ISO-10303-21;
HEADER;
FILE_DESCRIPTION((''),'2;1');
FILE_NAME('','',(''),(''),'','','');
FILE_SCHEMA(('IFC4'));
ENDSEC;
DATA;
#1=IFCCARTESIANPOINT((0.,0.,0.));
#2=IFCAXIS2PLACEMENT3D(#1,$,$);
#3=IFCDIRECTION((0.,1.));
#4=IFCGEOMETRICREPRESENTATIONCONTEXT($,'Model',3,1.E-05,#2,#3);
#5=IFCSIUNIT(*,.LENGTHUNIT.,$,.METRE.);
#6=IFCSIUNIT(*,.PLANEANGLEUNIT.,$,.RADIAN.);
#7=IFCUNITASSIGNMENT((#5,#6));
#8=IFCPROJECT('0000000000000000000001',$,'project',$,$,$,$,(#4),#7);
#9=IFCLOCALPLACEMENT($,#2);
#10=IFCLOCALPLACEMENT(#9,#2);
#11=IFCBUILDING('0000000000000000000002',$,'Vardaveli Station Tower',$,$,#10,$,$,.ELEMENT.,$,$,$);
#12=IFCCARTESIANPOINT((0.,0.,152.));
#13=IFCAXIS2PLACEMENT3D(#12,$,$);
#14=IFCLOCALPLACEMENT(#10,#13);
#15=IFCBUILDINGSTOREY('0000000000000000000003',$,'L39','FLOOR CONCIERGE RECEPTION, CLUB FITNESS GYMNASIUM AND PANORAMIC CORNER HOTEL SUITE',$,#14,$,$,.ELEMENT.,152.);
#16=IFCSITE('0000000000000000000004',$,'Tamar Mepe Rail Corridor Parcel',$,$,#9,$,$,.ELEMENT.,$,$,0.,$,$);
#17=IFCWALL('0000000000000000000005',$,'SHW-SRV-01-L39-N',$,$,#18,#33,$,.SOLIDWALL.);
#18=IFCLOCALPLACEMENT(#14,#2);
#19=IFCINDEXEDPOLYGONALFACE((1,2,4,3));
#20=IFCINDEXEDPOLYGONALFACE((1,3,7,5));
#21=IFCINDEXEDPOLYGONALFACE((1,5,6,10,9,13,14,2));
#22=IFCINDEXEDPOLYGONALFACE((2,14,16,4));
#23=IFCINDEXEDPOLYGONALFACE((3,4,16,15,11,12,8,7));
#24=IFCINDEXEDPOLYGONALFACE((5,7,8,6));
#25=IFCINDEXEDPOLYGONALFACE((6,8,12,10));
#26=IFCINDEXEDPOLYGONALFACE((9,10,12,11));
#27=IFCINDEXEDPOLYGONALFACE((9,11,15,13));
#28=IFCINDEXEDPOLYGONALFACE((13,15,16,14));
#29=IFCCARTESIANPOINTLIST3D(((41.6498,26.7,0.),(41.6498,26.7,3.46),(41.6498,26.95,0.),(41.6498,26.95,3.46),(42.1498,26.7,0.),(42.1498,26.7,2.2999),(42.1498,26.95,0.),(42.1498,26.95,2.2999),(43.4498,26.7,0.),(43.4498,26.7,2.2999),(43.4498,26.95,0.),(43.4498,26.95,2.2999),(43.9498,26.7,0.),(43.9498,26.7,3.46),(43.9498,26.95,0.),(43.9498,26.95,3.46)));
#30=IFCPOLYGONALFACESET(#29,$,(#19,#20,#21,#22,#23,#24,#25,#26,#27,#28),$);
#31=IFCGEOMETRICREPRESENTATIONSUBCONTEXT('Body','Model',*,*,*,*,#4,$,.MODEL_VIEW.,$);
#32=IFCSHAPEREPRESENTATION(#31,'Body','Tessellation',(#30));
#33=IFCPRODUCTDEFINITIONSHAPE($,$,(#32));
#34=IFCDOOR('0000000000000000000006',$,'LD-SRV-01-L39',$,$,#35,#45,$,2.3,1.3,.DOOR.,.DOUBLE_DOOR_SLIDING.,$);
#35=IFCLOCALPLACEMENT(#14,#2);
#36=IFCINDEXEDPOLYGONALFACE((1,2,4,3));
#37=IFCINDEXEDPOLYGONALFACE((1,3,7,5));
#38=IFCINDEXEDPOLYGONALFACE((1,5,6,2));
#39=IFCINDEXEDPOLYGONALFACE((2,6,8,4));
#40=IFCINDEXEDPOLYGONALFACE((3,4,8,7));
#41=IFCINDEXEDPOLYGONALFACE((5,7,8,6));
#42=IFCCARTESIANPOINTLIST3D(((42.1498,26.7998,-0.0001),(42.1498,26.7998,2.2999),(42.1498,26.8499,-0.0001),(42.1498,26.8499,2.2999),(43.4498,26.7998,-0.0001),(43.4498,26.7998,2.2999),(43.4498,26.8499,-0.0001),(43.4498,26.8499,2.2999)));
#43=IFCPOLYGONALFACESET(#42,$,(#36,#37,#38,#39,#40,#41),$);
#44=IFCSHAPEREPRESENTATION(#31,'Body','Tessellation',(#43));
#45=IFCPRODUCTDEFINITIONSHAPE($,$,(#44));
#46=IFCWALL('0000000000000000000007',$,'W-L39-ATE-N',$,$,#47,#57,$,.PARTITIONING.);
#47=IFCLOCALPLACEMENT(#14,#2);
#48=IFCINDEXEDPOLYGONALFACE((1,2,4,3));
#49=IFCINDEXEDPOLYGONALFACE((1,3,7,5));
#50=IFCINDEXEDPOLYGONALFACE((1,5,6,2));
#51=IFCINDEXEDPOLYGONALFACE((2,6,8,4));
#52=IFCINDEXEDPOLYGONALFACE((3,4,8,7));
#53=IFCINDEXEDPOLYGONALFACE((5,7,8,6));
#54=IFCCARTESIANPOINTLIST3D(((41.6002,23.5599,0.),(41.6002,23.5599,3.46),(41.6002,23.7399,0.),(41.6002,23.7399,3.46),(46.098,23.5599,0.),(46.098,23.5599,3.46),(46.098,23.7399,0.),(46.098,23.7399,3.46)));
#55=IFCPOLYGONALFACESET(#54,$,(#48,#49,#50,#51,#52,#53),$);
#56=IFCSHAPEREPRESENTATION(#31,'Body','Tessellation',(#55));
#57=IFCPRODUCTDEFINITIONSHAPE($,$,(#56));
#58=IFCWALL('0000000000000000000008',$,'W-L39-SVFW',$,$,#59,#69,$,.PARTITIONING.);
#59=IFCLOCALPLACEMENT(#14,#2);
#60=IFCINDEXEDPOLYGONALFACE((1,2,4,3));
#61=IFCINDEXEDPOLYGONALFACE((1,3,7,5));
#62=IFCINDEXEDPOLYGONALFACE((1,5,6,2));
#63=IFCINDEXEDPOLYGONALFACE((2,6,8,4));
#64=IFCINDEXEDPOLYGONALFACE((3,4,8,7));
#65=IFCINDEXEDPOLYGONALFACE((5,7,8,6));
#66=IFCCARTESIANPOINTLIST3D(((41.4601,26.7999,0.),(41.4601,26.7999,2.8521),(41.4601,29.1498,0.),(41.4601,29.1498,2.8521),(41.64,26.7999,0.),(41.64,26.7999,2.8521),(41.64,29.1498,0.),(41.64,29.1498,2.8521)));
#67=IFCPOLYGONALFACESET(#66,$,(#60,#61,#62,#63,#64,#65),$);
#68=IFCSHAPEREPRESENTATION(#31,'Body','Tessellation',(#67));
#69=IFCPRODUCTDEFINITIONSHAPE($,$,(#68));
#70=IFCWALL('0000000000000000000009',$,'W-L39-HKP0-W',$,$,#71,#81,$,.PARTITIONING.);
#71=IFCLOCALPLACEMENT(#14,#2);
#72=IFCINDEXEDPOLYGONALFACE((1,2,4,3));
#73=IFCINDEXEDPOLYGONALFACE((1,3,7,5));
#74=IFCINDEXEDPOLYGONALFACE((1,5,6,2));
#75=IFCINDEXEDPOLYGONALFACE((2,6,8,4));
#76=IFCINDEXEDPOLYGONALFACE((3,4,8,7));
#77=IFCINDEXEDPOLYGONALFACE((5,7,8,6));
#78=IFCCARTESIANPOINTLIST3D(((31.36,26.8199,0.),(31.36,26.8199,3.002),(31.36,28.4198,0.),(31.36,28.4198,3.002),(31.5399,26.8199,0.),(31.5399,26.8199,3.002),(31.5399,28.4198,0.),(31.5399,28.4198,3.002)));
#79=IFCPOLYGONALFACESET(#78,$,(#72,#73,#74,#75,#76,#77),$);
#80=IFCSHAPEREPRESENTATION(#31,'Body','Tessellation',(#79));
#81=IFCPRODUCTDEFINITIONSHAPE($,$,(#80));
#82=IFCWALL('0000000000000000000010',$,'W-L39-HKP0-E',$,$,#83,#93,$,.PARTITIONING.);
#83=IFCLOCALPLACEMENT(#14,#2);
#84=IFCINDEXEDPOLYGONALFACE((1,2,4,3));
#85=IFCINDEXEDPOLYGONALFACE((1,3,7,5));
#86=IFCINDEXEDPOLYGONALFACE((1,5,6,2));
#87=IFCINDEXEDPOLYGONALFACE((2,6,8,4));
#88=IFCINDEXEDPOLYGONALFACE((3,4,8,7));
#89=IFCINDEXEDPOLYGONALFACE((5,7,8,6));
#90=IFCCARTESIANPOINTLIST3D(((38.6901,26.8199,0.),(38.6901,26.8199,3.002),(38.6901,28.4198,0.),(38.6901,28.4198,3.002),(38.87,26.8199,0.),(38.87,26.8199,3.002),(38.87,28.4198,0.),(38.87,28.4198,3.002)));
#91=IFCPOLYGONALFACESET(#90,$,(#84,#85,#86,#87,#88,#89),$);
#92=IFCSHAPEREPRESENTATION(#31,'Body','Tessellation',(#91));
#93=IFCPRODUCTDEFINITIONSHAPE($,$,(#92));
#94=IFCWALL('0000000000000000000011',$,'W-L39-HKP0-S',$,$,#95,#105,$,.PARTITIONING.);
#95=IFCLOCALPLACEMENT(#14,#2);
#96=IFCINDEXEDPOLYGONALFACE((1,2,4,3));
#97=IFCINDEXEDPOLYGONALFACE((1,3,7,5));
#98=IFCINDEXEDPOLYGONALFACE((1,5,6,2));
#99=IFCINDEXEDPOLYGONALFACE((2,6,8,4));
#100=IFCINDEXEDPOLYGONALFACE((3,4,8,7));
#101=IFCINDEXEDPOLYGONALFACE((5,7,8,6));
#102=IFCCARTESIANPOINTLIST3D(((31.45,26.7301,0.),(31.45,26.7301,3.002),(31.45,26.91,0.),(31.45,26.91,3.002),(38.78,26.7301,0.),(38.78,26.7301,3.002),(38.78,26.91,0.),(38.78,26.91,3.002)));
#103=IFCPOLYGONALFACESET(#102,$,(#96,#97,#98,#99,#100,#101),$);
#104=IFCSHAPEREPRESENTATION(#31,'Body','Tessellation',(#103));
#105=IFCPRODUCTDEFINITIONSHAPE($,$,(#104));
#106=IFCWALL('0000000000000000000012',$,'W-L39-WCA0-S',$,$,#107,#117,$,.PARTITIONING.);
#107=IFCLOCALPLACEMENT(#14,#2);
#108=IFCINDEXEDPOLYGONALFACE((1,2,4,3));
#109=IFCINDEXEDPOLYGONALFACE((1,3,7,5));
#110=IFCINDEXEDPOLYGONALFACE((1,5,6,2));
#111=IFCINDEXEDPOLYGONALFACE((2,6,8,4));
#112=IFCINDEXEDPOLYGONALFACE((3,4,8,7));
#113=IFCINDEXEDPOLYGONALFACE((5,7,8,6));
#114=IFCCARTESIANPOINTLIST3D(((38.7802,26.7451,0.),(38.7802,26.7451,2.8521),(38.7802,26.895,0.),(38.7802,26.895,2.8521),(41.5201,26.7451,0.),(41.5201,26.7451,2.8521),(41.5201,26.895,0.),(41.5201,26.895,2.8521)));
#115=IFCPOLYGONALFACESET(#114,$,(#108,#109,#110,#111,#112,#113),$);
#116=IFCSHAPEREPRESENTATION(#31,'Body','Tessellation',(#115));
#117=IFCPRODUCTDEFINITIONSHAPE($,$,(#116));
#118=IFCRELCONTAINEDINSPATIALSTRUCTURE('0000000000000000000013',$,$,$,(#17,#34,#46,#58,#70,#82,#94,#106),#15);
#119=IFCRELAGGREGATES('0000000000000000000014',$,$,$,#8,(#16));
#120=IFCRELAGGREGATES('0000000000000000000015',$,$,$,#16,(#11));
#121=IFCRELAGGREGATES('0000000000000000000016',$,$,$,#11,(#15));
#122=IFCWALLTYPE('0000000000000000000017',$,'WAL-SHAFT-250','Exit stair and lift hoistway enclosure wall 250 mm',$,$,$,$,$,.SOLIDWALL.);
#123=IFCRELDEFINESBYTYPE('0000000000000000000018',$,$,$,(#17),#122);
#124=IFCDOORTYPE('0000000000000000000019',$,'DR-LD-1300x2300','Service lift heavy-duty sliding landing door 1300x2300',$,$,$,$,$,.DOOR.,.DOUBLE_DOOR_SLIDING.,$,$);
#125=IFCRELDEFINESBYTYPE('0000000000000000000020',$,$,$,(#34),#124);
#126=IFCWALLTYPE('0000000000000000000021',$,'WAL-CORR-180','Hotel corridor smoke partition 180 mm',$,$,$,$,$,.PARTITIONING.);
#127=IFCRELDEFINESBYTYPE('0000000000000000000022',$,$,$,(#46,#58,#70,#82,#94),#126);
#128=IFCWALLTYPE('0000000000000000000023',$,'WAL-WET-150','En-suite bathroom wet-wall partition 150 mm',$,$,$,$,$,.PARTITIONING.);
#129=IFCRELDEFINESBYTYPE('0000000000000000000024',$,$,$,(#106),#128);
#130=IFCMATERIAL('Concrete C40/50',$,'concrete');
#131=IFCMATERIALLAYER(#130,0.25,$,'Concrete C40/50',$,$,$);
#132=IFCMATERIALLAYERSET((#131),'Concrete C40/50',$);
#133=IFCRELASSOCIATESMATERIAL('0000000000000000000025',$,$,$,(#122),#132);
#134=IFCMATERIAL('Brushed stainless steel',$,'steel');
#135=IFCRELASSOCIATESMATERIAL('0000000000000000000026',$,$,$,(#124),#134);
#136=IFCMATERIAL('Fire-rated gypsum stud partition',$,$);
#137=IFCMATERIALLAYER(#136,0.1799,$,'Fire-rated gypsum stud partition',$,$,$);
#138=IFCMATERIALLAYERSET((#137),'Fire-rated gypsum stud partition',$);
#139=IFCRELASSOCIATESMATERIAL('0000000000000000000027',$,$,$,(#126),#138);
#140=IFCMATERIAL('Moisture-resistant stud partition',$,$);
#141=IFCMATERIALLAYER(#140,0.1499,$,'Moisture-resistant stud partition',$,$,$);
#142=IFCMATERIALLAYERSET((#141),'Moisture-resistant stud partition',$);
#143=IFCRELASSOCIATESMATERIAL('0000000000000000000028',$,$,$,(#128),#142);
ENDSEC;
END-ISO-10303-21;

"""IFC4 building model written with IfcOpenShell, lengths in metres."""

from ifc_helpers import new_model, si_unit, direction, frame, frame_2d, origin, place, context, subcontext, project, spatial, rectangle, extrude, source, transform, mapped, material, layer, layer_set, type_object, element, fill, save


model = new_model("IFC4")

# Units and contexts
model_context = context("Model", 3, precision=1e-05, world=origin(), true_north=direction((0.0, 1.0)))
body_context = subcontext(model_context, "Body", "Model", "MODEL_VIEW")
ifc_project = project(units=[si_unit("LENGTHUNIT", "METRE"), si_unit("PLANEANGLEUNIT", "RADIAN")], contexts=[model_context])

# Site, building, storey
site_placement = place(None, origin())
site = spatial("IfcSite", under=ifc_project, at=site_placement, Name="Tamar Mepe Rail Corridor Parcel", CompositionType="ELEMENT", RefElevation=0.0)
building_placement = place(site_placement, origin())
building = spatial("IfcBuilding", under=site, at=building_placement, Name="Vardaveli Station Tower", CompositionType="ELEMENT")
storey_placement = place(building_placement, frame((0.0, 0.0, 152.0)))
storey = spatial("IfcBuildingStorey", under=building, at=storey_placement, Name="L39", Description="FLOOR CONCIERGE RECEPTION, CLUB FITNESS GYMNASIUM AND PANORAMIC CORNER HOTEL SUITE", CompositionType="ELEMENT", Elevation=152.0)

# Shared definitions
ifc_material_1 = material(Name="Concrete C40/50", Category="concrete")
ifc_layer_1 = layer(ifc_material_1, 0.25, Name="Concrete C40/50")
ifc_layer_set_1 = layer_set([ifc_layer_1], Name="Concrete C40/50")
wall_type_1 = type_object("IfcWallType", Name="WAL-SHAFT-250", Description="Exit stair and lift hoistway enclosure wall 250 mm", PredefinedType="SOLIDWALL", material=ifc_layer_set_1)
shared_shape_1 = source(origin(), body_context, "Body", "SweptSolid", [
    extrude(rectangle(XDim=2.3, YDim=0.25, at=frame_2d((1.1499, 0.0))), origin(), (0.0, 0.0, 1.0), 3.46),
])

# Wall, opening, door
wall_1_placement = place(storey_placement, frame((41.6499, 26.825, 0.0), z_axis=(0.0, 0.0, 1.0), x_axis=(1.0, 0.0, 0.0)))
wall_1 = element("IfcWall", 1, at=wall_1_placement, inside=storey, type_object=wall_type_1, Name="SHW-SRV-01-L39-N", PredefinedType="SOLIDWALL", context=body_context, shape_type="MappedRepresentation", body=[
    mapped(shared_shape_1, transform((0.0, 0.0, 0.0), scale=1.0)),
])
shared_shape_2 = source(origin(), body_context, "Body", "SweptSolid", [
    extrude(rectangle(XDim=1.3, YDim=2.3, at=frame_2d((0.6499, 1.1499))), frame((0.0, 0.135, 0.0), z_axis=(0.0, -1.0, 0.0), x_axis=(1.0, 0.0, 0.0)), (0.0, 0.0, 1.0), 0.27),
])
opening_placement = place(wall_1_placement, frame((0.5, 0.0, 0.0)))
opening = element("IfcOpeningElement", 2, at=opening_placement, cuts=wall_1, PredefinedType="OPENING", context=body_context, shape_type="MappedRepresentation", body=[
    mapped(shared_shape_2, transform((0.0, 0.0, 0.0), scale=1.0)),
])
ifc_material_2 = material(Name="Brushed stainless steel", Category="steel")
door_type = type_object("IfcDoorType", Name="DR-LD-1300x2300", Description="Service lift heavy-duty sliding landing door 1300x2300", OperationType="DOUBLE_DOOR_SLIDING", PredefinedType="DOOR", material=ifc_material_2)
shared_shape_3 = source(origin(), body_context, "Body", "SweptSolid", [
    extrude(rectangle(XDim=1.3, YDim=2.3, at=frame_2d((0.6499, 1.1499))), frame((0.0, 0.0249, 0.0), z_axis=(0.0, -1.0, 0.0), x_axis=(1.0, 0.0, 0.0)), (0.0, 0.0, 1.0), 0.05),
])
door_placement = place(opening_placement, origin())
door = element("IfcDoor", 3, at=door_placement, inside=storey, type_object=door_type, Name="LD-SRV-01-L39", OperationType="DOUBLE_DOOR_SLIDING", OverallHeight=2.3, OverallWidth=1.3, PredefinedType="DOOR", context=body_context, shape_type="MappedRepresentation", body=[
    mapped(shared_shape_3, transform((0.0, 0.0, 0.0), scale=1.0)),
])
fill(opening, door)

# Walls
ifc_material_3 = material(Name="Fire-rated gypsum stud partition")
ifc_layer_2 = layer(ifc_material_3, 0.1799, Name="Fire-rated gypsum stud partition")
ifc_layer_set_2 = layer_set([ifc_layer_2], Name="Fire-rated gypsum stud partition")
wall_type_2 = type_object("IfcWallType", Name="WAL-CORR-180", Description="Hotel corridor smoke partition 180 mm", PredefinedType="PARTITIONING", material=ifc_layer_set_2)
shared_shape_4 = source(origin(), body_context, "Body", "SweptSolid", [
    extrude(rectangle(XDim=4.4978, YDim=0.1799, at=frame_2d((2.249, 0.0))), origin(), (0.0, 0.0, 1.0), 3.46),
])
wall_2_placement = place(storey_placement, frame((41.6001, 23.6499, 0.0), z_axis=(0.0, 0.0, 1.0), x_axis=(1.0, 0.0, 0.0)))
element("IfcWall", 4, at=wall_2_placement, inside=storey, type_object=wall_type_2, Name="W-L39-ATE-N", PredefinedType="PARTITIONING", context=body_context, shape_type="MappedRepresentation", body=[
    mapped(shared_shape_4, transform((0.0, 0.0, 0.0), scale=1.0)),
])
shared_shape_5 = source(origin(), body_context, "Body", "SweptSolid", [
    extrude(rectangle(XDim=2.3499, YDim=0.1799, at=frame_2d((1.1748, 0.0))), origin(), (0.0, 0.0, 1.0), 2.8521),
])
wall_3_placement = place(storey_placement, frame((41.55, 26.8, 0.0), z_axis=(0.0, 0.0, 1.0), x_axis=(0.0, 1.0, 0.0)))
element("IfcWall", 5, at=wall_3_placement, inside=storey, type_object=wall_type_2, Name="W-L39-SVFW", PredefinedType="PARTITIONING", context=body_context, shape_type="MappedRepresentation", body=[
    mapped(shared_shape_5, transform((0.0, 0.0, 0.0), scale=1.0)),
])
shared_shape_6 = source(origin(), body_context, "Body", "SweptSolid", [
    extrude(rectangle(XDim=1.5999, YDim=0.1799, at=frame_2d((0.7998, 0.0))), origin(), (0.0, 0.0, 1.0), 3.002),
])
for number, where, z_axis, x_axis, name in (
    (6, (31.45, 26.8201, 0.0), (0.0, 0.0, 1.0), (0.0, 1.0, 0.0), "W-L39-HKP0-W"),
    (7, (38.78, 26.8201, 0.0), (0.0, 0.0, 1.0), (0.0, 1.0, 0.0), "W-L39-HKP0-E"),
):
    element("IfcWall", number, at=place(storey_placement, frame(where, z_axis=z_axis, x_axis=x_axis)), inside=storey, type_object=wall_type_2, Name=name, PredefinedType="PARTITIONING", context=body_context, shape_type="MappedRepresentation", body=[
        mapped(shared_shape_6, transform((0.0, 0.0, 0.0), scale=1.0)),
    ])
shared_shape_7 = source(origin(), body_context, "Body", "SweptSolid", [
    extrude(rectangle(XDim=7.3301, YDim=0.1799, at=frame_2d((3.665, 0.0))), origin(), (0.0, 0.0, 1.0), 3.002),
])
wall_4_placement = place(storey_placement, frame((31.45, 26.8201, 0.0), z_axis=(0.0, 0.0, 1.0), x_axis=(1.0, 0.0, 0.0)))
element("IfcWall", 8, at=wall_4_placement, inside=storey, type_object=wall_type_2, Name="W-L39-HKP0-S", PredefinedType="PARTITIONING", context=body_context, shape_type="MappedRepresentation", body=[
    mapped(shared_shape_7, transform((0.0, 0.0, 0.0), scale=1.0)),
])
ifc_material_4 = material(Name="Moisture-resistant stud partition")
ifc_layer_3 = layer(ifc_material_4, 0.1499, Name="Moisture-resistant stud partition")
ifc_layer_set_3 = layer_set([ifc_layer_3], Name="Moisture-resistant stud partition")
wall_type_3 = type_object("IfcWallType", Name="WAL-WET-150", Description="En-suite bathroom wet-wall partition 150 mm", PredefinedType="PARTITIONING", material=ifc_layer_set_3)
shared_shape_8 = source(origin(), body_context, "Body", "SweptSolid", [
    extrude(rectangle(XDim=2.74, YDim=0.1499, at=frame_2d((1.3701, 0.0))), origin(), (0.0, 0.0, 1.0), 2.8521),
])
wall_5_placement = place(storey_placement, frame((38.78, 26.8201, 0.0), z_axis=(0.0, 0.0, 1.0), x_axis=(1.0, 0.0, 0.0)))
element("IfcWall", 9, at=wall_5_placement, inside=storey, type_object=wall_type_3, Name="W-L39-WCA0-S", PredefinedType="PARTITIONING", context=body_context, shape_type="MappedRepresentation", body=[
    mapped(shared_shape_8, transform((0.0, 0.0, 0.0), scale=1.0)),
])

save(model, "model.ifc")
